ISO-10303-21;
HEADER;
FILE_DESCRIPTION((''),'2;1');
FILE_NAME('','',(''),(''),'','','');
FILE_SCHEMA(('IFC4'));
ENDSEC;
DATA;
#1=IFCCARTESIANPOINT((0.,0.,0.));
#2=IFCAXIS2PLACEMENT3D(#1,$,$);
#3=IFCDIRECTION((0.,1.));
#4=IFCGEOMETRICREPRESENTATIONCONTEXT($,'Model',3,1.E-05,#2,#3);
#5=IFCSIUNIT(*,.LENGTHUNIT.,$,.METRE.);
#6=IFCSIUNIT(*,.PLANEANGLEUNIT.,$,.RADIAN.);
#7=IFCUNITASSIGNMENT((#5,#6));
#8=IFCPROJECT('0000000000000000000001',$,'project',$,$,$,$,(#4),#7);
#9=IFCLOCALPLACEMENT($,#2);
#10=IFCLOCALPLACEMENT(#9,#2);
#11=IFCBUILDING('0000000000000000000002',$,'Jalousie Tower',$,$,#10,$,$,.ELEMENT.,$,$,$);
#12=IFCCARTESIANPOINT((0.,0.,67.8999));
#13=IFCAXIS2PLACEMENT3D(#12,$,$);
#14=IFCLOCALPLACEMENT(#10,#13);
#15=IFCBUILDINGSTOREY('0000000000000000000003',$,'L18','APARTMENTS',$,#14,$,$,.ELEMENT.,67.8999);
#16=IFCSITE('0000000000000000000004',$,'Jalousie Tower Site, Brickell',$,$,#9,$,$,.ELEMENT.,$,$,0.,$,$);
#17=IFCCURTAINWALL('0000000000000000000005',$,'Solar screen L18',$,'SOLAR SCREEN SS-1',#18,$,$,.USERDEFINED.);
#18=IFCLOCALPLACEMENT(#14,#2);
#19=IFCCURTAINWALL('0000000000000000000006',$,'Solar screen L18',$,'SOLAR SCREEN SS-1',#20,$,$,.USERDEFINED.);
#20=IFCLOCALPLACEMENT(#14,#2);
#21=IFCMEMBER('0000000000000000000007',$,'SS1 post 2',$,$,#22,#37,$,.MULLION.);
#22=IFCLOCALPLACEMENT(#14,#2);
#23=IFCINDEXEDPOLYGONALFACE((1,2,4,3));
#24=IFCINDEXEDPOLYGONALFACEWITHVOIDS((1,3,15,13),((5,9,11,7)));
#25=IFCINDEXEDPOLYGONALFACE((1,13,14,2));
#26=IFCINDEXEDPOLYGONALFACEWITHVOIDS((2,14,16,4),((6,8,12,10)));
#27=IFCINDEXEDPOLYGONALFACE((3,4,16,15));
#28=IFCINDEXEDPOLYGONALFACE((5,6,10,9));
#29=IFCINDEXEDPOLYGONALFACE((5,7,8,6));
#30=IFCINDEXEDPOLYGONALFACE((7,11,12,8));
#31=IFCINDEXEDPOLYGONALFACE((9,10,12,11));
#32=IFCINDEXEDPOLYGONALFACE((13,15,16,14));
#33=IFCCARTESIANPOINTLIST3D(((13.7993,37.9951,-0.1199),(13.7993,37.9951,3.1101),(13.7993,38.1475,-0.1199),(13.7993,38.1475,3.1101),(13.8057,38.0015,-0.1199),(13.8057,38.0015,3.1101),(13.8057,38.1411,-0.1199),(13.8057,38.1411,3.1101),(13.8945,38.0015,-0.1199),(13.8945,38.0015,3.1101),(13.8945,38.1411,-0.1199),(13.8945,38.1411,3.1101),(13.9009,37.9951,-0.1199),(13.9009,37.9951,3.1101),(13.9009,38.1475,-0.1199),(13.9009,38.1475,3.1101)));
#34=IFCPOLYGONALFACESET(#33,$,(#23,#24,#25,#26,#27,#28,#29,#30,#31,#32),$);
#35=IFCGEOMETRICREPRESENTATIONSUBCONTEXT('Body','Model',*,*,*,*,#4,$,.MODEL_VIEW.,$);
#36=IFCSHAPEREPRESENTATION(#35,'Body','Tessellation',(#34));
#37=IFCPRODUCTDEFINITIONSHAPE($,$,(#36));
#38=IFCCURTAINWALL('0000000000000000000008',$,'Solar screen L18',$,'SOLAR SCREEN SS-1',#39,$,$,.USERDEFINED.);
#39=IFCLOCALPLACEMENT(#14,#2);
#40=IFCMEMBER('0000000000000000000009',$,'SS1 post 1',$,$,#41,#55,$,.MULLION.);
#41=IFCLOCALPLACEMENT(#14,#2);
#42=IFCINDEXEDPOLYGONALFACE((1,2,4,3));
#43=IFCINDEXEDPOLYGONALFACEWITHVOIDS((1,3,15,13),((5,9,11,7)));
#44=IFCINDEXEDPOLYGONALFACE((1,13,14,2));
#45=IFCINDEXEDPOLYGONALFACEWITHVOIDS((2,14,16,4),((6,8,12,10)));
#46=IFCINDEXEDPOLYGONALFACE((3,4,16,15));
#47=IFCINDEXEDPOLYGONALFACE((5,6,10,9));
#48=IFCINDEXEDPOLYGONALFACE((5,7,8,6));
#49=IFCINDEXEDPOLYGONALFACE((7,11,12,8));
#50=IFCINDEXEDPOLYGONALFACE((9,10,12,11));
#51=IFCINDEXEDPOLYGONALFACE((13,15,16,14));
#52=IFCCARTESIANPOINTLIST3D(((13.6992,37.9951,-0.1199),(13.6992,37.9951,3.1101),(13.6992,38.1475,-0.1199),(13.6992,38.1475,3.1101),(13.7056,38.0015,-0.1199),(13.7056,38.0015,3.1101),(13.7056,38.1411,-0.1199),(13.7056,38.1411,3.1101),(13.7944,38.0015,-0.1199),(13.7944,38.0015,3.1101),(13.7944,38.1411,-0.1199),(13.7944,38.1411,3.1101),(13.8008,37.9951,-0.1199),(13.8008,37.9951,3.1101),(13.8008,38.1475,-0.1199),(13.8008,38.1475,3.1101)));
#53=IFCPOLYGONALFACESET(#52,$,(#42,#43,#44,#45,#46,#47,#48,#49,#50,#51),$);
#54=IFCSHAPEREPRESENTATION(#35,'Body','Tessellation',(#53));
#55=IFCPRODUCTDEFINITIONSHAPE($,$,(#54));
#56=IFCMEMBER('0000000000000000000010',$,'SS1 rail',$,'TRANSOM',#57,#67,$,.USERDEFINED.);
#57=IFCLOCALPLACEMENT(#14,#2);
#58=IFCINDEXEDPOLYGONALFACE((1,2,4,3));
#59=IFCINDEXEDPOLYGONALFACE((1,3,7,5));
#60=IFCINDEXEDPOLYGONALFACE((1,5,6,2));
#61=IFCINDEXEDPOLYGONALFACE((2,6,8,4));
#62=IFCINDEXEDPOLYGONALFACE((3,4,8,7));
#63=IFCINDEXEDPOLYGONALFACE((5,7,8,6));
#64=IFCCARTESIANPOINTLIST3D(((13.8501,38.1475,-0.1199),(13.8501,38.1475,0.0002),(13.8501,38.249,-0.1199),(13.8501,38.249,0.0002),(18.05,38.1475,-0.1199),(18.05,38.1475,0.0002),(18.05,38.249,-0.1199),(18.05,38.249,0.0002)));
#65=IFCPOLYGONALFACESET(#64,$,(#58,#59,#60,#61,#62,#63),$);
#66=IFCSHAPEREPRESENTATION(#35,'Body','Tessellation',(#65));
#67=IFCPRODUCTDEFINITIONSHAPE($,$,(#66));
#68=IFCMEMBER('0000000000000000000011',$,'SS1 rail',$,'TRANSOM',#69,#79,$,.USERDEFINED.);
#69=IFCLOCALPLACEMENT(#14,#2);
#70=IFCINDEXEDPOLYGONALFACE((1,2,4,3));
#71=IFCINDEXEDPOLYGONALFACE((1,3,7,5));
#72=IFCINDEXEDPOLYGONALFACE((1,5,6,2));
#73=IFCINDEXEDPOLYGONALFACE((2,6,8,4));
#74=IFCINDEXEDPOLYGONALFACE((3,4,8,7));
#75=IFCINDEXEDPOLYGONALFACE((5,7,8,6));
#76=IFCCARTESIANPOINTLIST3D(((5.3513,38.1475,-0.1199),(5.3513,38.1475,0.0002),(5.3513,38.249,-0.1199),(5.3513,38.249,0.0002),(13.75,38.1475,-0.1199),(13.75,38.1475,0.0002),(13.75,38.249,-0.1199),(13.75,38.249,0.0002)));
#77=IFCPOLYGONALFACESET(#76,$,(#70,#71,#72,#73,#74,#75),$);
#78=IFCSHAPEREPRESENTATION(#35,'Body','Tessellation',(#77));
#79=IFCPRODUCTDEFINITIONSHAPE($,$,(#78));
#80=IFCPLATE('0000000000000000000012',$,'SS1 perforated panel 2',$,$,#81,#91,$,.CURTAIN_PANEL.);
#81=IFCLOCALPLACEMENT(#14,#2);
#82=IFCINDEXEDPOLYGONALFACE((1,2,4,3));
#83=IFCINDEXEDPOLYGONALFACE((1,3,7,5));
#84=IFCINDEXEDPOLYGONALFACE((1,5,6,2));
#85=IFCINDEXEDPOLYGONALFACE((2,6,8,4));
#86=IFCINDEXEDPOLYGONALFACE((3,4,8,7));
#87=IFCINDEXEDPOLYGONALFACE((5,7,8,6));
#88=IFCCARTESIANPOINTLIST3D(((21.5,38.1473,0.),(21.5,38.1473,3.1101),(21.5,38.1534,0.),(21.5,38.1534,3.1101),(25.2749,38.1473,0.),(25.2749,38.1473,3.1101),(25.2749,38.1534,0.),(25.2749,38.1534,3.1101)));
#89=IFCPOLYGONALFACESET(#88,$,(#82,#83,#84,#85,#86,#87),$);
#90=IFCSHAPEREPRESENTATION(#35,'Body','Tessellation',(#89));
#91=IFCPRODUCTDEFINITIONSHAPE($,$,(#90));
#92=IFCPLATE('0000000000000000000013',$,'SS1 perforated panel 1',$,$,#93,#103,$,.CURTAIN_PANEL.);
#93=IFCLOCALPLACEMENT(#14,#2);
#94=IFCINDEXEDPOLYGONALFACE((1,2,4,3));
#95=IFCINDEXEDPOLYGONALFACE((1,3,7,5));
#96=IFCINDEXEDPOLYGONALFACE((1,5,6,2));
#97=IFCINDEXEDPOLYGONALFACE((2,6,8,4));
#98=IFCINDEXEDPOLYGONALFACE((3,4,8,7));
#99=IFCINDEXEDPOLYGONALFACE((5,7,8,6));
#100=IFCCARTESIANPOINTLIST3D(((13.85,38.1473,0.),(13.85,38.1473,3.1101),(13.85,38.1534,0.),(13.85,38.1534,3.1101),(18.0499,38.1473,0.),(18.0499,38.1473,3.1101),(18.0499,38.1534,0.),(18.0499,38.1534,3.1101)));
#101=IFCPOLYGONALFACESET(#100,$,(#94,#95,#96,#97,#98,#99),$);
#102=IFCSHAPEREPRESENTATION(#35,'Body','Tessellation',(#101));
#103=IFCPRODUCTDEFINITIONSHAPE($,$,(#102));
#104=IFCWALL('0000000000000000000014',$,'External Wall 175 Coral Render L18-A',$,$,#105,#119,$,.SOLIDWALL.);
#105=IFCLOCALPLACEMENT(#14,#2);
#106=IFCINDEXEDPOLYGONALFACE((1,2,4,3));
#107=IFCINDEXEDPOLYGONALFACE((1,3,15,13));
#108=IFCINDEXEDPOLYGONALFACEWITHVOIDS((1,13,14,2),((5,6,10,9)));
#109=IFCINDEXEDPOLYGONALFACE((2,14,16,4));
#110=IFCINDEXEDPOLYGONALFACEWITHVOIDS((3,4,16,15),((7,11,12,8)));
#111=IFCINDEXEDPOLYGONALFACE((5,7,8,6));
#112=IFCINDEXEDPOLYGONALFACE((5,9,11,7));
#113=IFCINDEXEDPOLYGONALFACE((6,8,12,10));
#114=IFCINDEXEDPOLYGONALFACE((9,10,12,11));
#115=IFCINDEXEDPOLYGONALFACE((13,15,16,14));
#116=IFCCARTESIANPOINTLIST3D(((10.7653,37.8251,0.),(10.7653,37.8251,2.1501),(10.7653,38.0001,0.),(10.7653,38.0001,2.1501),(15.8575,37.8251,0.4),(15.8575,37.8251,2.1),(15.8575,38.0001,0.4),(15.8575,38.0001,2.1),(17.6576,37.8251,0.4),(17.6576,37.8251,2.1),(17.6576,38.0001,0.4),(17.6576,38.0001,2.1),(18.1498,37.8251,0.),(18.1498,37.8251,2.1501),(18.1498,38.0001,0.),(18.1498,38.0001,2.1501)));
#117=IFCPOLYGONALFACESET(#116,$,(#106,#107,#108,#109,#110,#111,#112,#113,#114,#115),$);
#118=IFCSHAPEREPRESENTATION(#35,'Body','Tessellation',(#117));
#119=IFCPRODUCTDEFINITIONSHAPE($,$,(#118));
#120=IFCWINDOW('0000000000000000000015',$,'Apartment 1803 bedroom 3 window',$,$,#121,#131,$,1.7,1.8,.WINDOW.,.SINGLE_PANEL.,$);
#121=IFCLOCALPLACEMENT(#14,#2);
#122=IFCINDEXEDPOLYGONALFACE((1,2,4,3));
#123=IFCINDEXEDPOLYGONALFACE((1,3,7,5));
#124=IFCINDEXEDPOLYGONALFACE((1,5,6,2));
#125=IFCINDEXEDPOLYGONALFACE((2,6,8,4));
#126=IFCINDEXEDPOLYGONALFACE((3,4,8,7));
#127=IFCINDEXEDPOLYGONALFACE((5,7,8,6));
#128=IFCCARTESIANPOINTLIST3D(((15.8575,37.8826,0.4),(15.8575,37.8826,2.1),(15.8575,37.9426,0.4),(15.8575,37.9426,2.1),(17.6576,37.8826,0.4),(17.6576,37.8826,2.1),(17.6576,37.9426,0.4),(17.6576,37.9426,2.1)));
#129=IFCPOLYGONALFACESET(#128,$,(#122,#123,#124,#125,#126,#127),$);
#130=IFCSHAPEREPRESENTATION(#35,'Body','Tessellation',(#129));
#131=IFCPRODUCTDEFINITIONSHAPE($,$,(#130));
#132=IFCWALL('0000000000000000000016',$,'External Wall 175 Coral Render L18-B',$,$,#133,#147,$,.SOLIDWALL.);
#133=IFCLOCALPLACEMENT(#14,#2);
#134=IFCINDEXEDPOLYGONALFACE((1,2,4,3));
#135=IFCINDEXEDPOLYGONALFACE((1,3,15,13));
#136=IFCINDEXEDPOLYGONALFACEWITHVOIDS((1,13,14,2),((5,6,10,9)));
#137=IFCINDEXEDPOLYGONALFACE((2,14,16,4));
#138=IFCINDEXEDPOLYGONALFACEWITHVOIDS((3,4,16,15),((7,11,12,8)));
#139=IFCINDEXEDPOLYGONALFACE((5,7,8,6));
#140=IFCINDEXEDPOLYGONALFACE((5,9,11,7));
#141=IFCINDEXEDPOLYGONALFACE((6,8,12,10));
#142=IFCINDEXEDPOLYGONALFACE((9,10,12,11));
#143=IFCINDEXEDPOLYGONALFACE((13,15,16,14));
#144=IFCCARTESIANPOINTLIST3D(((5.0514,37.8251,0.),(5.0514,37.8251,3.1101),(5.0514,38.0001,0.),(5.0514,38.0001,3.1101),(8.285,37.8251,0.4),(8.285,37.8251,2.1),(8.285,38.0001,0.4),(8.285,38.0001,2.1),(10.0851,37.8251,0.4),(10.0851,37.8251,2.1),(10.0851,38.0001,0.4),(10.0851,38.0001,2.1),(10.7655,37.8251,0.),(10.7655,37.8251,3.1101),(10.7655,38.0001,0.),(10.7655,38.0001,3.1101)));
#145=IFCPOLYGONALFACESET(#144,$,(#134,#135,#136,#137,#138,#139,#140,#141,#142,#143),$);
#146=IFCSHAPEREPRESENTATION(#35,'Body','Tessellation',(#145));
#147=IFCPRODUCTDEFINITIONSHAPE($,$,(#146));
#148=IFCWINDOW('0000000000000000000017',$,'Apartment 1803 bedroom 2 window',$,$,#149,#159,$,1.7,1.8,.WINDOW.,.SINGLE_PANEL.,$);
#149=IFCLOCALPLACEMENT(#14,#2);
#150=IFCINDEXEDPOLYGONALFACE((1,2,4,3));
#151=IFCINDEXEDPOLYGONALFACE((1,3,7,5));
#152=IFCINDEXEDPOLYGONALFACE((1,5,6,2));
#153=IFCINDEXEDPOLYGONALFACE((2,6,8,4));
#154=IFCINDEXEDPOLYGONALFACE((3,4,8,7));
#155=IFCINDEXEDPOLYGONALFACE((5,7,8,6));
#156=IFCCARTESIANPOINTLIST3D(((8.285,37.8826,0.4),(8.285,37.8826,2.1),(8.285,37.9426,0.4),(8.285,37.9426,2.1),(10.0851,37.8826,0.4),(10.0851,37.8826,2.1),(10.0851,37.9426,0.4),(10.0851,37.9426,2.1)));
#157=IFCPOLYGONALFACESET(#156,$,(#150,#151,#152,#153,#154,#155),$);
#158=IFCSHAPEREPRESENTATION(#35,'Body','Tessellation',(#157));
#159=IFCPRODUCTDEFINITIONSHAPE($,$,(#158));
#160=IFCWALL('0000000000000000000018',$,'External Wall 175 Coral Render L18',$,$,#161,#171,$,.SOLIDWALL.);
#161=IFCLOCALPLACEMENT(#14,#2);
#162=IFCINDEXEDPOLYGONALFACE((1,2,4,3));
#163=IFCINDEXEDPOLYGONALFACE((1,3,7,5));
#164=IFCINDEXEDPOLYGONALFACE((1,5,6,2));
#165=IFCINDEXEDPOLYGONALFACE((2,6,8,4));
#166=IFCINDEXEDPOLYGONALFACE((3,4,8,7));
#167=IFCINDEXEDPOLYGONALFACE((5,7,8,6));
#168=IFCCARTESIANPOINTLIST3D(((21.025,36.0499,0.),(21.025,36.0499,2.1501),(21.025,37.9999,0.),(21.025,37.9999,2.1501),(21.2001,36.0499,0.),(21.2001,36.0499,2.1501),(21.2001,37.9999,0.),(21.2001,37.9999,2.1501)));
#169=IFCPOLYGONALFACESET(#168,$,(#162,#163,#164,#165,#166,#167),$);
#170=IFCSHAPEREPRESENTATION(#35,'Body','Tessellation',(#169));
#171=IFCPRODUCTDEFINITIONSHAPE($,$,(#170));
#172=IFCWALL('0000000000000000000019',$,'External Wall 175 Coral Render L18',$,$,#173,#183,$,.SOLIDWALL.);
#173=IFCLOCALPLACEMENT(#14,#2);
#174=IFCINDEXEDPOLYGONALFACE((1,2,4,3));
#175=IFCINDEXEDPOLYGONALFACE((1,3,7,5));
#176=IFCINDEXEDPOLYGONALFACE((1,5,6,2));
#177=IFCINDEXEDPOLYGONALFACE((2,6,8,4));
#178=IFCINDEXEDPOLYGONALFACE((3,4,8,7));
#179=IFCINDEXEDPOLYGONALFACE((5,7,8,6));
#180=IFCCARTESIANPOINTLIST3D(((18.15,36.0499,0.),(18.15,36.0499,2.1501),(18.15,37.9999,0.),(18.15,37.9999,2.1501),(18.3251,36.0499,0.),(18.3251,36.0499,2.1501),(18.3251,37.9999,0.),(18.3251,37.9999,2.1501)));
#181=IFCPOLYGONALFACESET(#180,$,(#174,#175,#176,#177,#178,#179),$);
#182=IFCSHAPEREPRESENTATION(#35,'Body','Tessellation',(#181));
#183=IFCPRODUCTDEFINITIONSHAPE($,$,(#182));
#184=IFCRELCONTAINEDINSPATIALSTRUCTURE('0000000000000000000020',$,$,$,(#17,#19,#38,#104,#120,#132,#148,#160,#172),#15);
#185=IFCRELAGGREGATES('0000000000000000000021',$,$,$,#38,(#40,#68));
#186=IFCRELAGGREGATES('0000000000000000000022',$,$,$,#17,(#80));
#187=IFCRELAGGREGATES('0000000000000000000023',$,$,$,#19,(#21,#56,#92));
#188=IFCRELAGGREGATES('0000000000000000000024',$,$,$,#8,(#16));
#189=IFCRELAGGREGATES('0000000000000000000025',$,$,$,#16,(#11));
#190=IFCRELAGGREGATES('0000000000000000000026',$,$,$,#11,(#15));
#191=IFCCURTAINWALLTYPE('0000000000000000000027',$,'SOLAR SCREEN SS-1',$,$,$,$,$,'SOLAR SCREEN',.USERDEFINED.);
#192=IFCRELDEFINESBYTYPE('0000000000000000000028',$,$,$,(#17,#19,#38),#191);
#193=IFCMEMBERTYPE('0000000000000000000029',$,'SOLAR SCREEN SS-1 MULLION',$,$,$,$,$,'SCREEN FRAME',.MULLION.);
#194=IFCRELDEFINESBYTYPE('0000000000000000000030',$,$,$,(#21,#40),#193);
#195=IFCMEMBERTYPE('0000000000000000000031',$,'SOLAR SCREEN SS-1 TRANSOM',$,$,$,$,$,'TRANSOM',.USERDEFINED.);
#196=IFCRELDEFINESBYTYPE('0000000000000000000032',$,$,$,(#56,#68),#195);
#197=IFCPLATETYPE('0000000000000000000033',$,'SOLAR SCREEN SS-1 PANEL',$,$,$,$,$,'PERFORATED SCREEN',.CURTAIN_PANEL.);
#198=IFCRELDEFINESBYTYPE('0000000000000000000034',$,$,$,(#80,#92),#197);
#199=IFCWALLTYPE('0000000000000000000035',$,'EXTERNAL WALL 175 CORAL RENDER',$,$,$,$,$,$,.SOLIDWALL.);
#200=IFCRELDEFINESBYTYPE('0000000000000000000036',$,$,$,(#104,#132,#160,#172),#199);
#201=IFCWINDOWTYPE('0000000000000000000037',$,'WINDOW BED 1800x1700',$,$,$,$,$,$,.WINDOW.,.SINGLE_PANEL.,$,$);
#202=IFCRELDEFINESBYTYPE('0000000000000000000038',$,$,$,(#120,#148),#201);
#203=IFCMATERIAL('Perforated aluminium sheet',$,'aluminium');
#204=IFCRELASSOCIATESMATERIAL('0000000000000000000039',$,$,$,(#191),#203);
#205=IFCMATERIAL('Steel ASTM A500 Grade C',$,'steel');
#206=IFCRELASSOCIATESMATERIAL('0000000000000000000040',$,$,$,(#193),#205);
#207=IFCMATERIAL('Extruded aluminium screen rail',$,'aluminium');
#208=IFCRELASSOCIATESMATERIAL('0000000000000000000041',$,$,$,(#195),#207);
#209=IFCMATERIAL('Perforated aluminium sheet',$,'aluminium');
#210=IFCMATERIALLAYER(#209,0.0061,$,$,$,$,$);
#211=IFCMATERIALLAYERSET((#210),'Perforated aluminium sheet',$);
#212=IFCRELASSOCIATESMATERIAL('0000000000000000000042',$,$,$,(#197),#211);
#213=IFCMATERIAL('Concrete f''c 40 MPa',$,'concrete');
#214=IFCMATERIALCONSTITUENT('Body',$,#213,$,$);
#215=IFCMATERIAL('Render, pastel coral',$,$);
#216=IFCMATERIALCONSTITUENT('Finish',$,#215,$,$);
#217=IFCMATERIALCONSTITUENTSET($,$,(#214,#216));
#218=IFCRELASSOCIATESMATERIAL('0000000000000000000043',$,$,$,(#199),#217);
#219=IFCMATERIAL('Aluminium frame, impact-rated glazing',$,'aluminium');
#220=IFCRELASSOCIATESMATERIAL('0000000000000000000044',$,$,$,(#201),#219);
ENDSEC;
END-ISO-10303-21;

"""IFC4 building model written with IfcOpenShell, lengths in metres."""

from ifc_helpers import new_model, si_unit, direction, frame, frame_2d, origin, origin_2d, place, context, subcontext, project, spatial, rectangle, hollow_rectangle, extrude, material, layer, layer_set, constituent, constituent_set, material_profile, profile_set, type_object, element, fill, aggregate, save


model = new_model("IFC4")

# Units and contexts
model_context = context("Model", 3, precision=1e-05, world=origin(), true_north=direction((0.0, 1.0)))
body_context = subcontext(model_context, "Body", "Model", "MODEL_VIEW")
ifc_project = project(units=[si_unit("LENGTHUNIT", "METRE"), si_unit("PLANEANGLEUNIT", "RADIAN")], contexts=[model_context])

# Site, building, storey
site_placement = place(None, origin())
site = spatial("IfcSite", under=ifc_project, at=site_placement, Name="Jalousie Tower Site, Brickell", CompositionType="ELEMENT", RefElevation=0.0)
building_placement = place(site_placement, origin())
building = spatial("IfcBuilding", under=site, at=building_placement, Name="Jalousie Tower", CompositionType="ELEMENT")
storey_placement = place(building_placement, frame((0.0, 0.0, 67.8999)))
storey = spatial("IfcBuildingStorey", under=building, at=storey_placement, Name="L18", Description="APARTMENTS", CompositionType="ELEMENT", Elevation=67.8999)

# Curtain wall
ifc_material_1 = material(Name="Perforated aluminium sheet", Category="aluminium")
curtain_wall_type = type_object("IfcCurtainWallType", Name="SOLAR SCREEN SS-1", ElementType="SOLAR SCREEN", PredefinedType="USERDEFINED", material=ifc_material_1)
curtain_wall_1_placement = place(storey_placement, origin())
curtain_wall_1 = element("IfcCurtainWall", 1, at=curtain_wall_1_placement, inside=storey, type_object=curtain_wall_type, Name="Solar screen L18", ObjectType="SOLAR SCREEN SS-1", PredefinedType="USERDEFINED")
ifc_material_2 = material(Name="Steel ASTM A500 Grade C", Category="steel")
ifc_material_profile_1 = material_profile(ifc_material_2, hollow_rectangle(XDim=0.1016, YDim=0.1523, WallThickness=0.0063, at=origin_2d()), Name="HSS6X4X1/4")
ifc_profile_set_1 = profile_set([ifc_material_profile_1], Name="Steel ASTM A500 Grade C")
member_type_1 = type_object("IfcMemberType", Name="SOLAR SCREEN SS-1 MULLION", ElementType="SCREEN FRAME", PredefinedType="MULLION", material=ifc_profile_set_1)

# Curtain wall, member
curtain_wall_2_placement = place(storey_placement, origin())
curtain_wall_2 = element("IfcCurtainWall", 2, at=curtain_wall_2_placement, inside=storey, type_object=curtain_wall_type, Name="Solar screen L18", ObjectType="SOLAR SCREEN SS-1", PredefinedType="USERDEFINED")
member_1_placement = place(storey_placement, frame((13.8501, 38.0713, -0.1199), z_axis=(0.0, 0.0, 1.0), x_axis=(-1.0, 0.0, 0.0)))
member_1 = element("IfcMember", 3, at=member_1_placement, type_object=member_type_1, Name="SS1 post 2", PredefinedType="MULLION", context=body_context, shape_type="SweptSolid", body=[
    extrude(hollow_rectangle(XDim=0.1016, YDim=0.1523, WallThickness=0.0063, at=origin_2d()), origin(), (0.0, 0.0, 1.0), 3.23),
])

# Curtain wall, member
curtain_wall_3_placement = place(storey_placement, origin())
curtain_wall_3 = element("IfcCurtainWall", 4, at=curtain_wall_3_placement, inside=storey, type_object=curtain_wall_type, Name="Solar screen L18", ObjectType="SOLAR SCREEN SS-1", PredefinedType="USERDEFINED")
member_2_placement = place(storey_placement, frame((13.75, 38.0713, -0.1199), z_axis=(0.0, 0.0, 1.0), x_axis=(-1.0, 0.0, 0.0)))
member_2 = element("IfcMember", 5, at=member_2_placement, type_object=member_type_1, Name="SS1 post 1", PredefinedType="MULLION", context=body_context, shape_type="SweptSolid", body=[
    extrude(hollow_rectangle(XDim=0.1016, YDim=0.1523, WallThickness=0.0063, at=origin_2d()), origin(), (0.0, 0.0, 1.0), 3.23),
])

# Members
ifc_material_3 = material(Name="Extruded aluminium screen rail", Category="aluminium")
ifc_material_profile_2 = material_profile(ifc_material_3, rectangle(XDim=0.1016, YDim=0.1201, at=origin_2d()), Name="RAIL 102x120")
ifc_profile_set_2 = profile_set([ifc_material_profile_2], Name="Extruded aluminium screen rail")
member_type_2 = type_object("IfcMemberType", Name="SOLAR SCREEN SS-1 TRANSOM", ElementType="TRANSOM", PredefinedType="USERDEFINED", material=ifc_profile_set_2)
member_3_placement = place(storey_placement, frame((18.05, 38.1982, -0.0598), z_axis=(-1.0, 0.0, 0.0), x_axis=(0.0, -1.0, 0.0)))
member_3 = element("IfcMember", 6, at=member_3_placement, type_object=member_type_2, Name="SS1 rail", ObjectType="TRANSOM", PredefinedType="USERDEFINED", context=body_context, shape_type="SweptSolid", body=[
    extrude(rectangle(XDim=0.1016, YDim=0.1201, at=origin_2d()), origin(), (0.0, 0.0, 1.0), 4.2),
])
member_4_placement = place(storey_placement, frame((13.75, 38.1982, -0.0598), z_axis=(-1.0, 0.0, 0.0), x_axis=(0.0, -1.0, 0.0)))
member_4 = element("IfcMember", 7, at=member_4_placement, type_object=member_type_2, Name="SS1 rail", ObjectType="TRANSOM", PredefinedType="USERDEFINED", context=body_context, shape_type="SweptSolid", body=[
    extrude(rectangle(XDim=0.1016, YDim=0.1201, at=origin_2d()), origin(), (0.0, 0.0, 1.0), 8.3987),
])
aggregate(curtain_wall_3, [member_2, member_4])

# Plates
ifc_material_4 = material(Name="Perforated aluminium sheet", Category="aluminium")
ifc_layer_1 = layer(ifc_material_4, 0.0061)
ifc_layer_set_1 = layer_set([ifc_layer_1], Name="Perforated aluminium sheet")
plate_type = type_object("IfcPlateType", Name="SOLAR SCREEN SS-1 PANEL", ElementType="PERFORATED SCREEN", PredefinedType="CURTAIN_PANEL", material=ifc_layer_set_1)
plate_1_placement = place(storey_placement, frame((23.3875, 38.1504, 0.0), z_axis=(0.0, 0.0, 1.0), x_axis=(-1.0, 0.0, 0.0)))
plate_1 = element("IfcPlate", 8, at=plate_1_placement, type_object=plate_type, Name="SS1 perforated panel 2", PredefinedType="CURTAIN_PANEL", context=body_context, shape_type="SweptSolid", body=[
    extrude(rectangle(XDim=3.7749, YDim=0.0061, at=origin_2d()), origin(), (0.0, 0.0, 1.0), 3.1101),
])
aggregate(curtain_wall_1, [plate_1])
plate_2_placement = place(storey_placement, frame((15.95, 38.1504, 0.0), z_axis=(0.0, 0.0, 1.0), x_axis=(-1.0, 0.0, 0.0)))
plate_2 = element("IfcPlate", 9, at=plate_2_placement, type_object=plate_type, Name="SS1 perforated panel 1", PredefinedType="CURTAIN_PANEL", context=body_context, shape_type="SweptSolid", body=[
    extrude(rectangle(XDim=4.2, YDim=0.0061, at=origin_2d()), origin(), (0.0, 0.0, 1.0), 3.1101),
])
aggregate(curtain_wall_2, [member_1, member_3, plate_2])

# Walls, openings, windows
ifc_material_5 = material(Name="Concrete f'c 40 MPa", Category="concrete")
ifc_constituent_1 = constituent(ifc_material_5, Name="Body")
ifc_material_6 = material(Name="Render, pastel coral")
ifc_constituent_2 = constituent(ifc_material_6, Name="Finish")
ifc_constituent_set_1 = constituent_set(constituents=[ifc_constituent_1, ifc_constituent_2])
wall_type_1 = type_object("IfcWallType", Name="EXTERNAL WALL 175 CORAL RENDER", PredefinedType="SOLIDWALL", material=ifc_constituent_set_1)
wall_1_placement = place(storey_placement, frame((18.1499, 37.9126, 0.0), z_axis=(0.0, 0.0, 1.0), x_axis=(-1.0, 0.0, 0.0)))
wall_1 = element("IfcWall", 10, at=wall_1_placement, inside=storey, type_object=wall_type_1, Name="External Wall 175 Coral Render L18-A", PredefinedType="SOLIDWALL", context=body_context, shape_type="SweptSolid", body=[
    extrude(rectangle(XDim=7.3845, YDim=0.175, at=frame_2d((3.6924, 0.0))), origin(), (0.0, 0.0, 1.0), 2.1501),
])
opening_1_placement = place(wall_1_placement, frame((0.4924, 0.0, 0.3999)))
opening_1 = element("IfcOpeningElement", 11, at=opening_1_placement, cuts=wall_1, PredefinedType="OPENING", context=body_context, shape_type="SweptSolid", body=[
    extrude(rectangle(XDim=1.8, YDim=1.7, at=frame_2d((0.8999, 0.8501))), frame((0.0, 0.0974, 0.0), z_axis=(0.0, -1.0, 0.0), x_axis=(1.0, 0.0, 0.0)), (0.0, 0.0, 1.0), 0.1951),
])
ifc_material_7 = material(Name="Aluminium frame, impact-rated glazing", Category="aluminium")
window_type = type_object("IfcWindowType", Name="WINDOW BED 1800x1700", PartitioningType="SINGLE_PANEL", PredefinedType="WINDOW", material=ifc_material_7)
window_1_placement = place(opening_1_placement, origin())
window_1 = element("IfcWindow", 12, at=window_1_placement, inside=storey, type_object=window_type, Name="Apartment 1803 bedroom 3 window", OverallHeight=1.7, OverallWidth=1.8, PartitioningType="SINGLE_PANEL", PredefinedType="WINDOW", context=body_context, shape_type="SweptSolid", body=[
    extrude(rectangle(XDim=1.8, YDim=1.7, at=frame_2d((0.8999, 0.8501))), frame((0.0, 0.03, 0.0), z_axis=(0.0, -1.0, 0.0), x_axis=(1.0, 0.0, 0.0)), (0.0, 0.0, 1.0), 0.0601),
])
fill(opening_1, window_1)
wall_2_placement = place(storey_placement, frame((10.7654, 37.9126, 0.0), z_axis=(0.0, 0.0, 1.0), x_axis=(-1.0, 0.0, 0.0)))
wall_2 = element("IfcWall", 13, at=wall_2_placement, inside=storey, type_object=wall_type_1, Name="External Wall 175 Coral Render L18-B", PredefinedType="SOLIDWALL", context=body_context, shape_type="SweptSolid", body=[
    extrude(rectangle(XDim=5.7141, YDim=0.175, at=frame_2d((2.8569, 0.0))), origin(), (0.0, 0.0, 1.0), 3.1101),
])
opening_2_placement = place(wall_2_placement, frame((0.6804, 0.0, 0.3999)))
opening_2 = element("IfcOpeningElement", 14, at=opening_2_placement, cuts=wall_2, PredefinedType="OPENING", context=body_context, shape_type="SweptSolid", body=[
    extrude(rectangle(XDim=1.8, YDim=1.7, at=frame_2d((0.8999, 0.8501))), frame((0.0, 0.0974, 0.0), z_axis=(0.0, -1.0, 0.0), x_axis=(1.0, 0.0, 0.0)), (0.0, 0.0, 1.0), 0.1951),
])
window_2_placement = place(opening_2_placement, origin())
window_2 = element("IfcWindow", 15, at=window_2_placement, inside=storey, type_object=window_type, Name="Apartment 1803 bedroom 2 window", OverallHeight=1.7, OverallWidth=1.8, PartitioningType="SINGLE_PANEL", PredefinedType="WINDOW", context=body_context, shape_type="SweptSolid", body=[
    extrude(rectangle(XDim=1.8, YDim=1.7, at=frame_2d((0.8999, 0.8501))), frame((0.0, 0.03, 0.0), z_axis=(0.0, -1.0, 0.0), x_axis=(1.0, 0.0, 0.0)), (0.0, 0.0, 1.0), 0.0601),
])
fill(opening_2, window_2)

# Walls
for number, where, z_axis, x_axis, name in (
    (16, (21.1125, 38.0, 0.0), (0.0, 0.0, 1.0), (0.0, -1.0, 0.0), "External Wall 175 Coral Render L18"),
    (17, (18.2375, 38.0, 0.0), (0.0, 0.0, 1.0), (0.0, -1.0, 0.0), "External Wall 175 Coral Render L18"),
):
    element("IfcWall", number, at=place(storey_placement, frame(where, z_axis=z_axis, x_axis=x_axis)), inside=storey, type_object=wall_type_1, Name=name, PredefinedType="SOLIDWALL", context=body_context, shape_type="SweptSolid", body=[
        extrude(rectangle(XDim=1.95, YDim=0.175, at=frame_2d((0.9751, 0.0))), origin(), (0.0, 0.0, 1.0), 2.1501),
    ])

save(model, "model.ifc")
